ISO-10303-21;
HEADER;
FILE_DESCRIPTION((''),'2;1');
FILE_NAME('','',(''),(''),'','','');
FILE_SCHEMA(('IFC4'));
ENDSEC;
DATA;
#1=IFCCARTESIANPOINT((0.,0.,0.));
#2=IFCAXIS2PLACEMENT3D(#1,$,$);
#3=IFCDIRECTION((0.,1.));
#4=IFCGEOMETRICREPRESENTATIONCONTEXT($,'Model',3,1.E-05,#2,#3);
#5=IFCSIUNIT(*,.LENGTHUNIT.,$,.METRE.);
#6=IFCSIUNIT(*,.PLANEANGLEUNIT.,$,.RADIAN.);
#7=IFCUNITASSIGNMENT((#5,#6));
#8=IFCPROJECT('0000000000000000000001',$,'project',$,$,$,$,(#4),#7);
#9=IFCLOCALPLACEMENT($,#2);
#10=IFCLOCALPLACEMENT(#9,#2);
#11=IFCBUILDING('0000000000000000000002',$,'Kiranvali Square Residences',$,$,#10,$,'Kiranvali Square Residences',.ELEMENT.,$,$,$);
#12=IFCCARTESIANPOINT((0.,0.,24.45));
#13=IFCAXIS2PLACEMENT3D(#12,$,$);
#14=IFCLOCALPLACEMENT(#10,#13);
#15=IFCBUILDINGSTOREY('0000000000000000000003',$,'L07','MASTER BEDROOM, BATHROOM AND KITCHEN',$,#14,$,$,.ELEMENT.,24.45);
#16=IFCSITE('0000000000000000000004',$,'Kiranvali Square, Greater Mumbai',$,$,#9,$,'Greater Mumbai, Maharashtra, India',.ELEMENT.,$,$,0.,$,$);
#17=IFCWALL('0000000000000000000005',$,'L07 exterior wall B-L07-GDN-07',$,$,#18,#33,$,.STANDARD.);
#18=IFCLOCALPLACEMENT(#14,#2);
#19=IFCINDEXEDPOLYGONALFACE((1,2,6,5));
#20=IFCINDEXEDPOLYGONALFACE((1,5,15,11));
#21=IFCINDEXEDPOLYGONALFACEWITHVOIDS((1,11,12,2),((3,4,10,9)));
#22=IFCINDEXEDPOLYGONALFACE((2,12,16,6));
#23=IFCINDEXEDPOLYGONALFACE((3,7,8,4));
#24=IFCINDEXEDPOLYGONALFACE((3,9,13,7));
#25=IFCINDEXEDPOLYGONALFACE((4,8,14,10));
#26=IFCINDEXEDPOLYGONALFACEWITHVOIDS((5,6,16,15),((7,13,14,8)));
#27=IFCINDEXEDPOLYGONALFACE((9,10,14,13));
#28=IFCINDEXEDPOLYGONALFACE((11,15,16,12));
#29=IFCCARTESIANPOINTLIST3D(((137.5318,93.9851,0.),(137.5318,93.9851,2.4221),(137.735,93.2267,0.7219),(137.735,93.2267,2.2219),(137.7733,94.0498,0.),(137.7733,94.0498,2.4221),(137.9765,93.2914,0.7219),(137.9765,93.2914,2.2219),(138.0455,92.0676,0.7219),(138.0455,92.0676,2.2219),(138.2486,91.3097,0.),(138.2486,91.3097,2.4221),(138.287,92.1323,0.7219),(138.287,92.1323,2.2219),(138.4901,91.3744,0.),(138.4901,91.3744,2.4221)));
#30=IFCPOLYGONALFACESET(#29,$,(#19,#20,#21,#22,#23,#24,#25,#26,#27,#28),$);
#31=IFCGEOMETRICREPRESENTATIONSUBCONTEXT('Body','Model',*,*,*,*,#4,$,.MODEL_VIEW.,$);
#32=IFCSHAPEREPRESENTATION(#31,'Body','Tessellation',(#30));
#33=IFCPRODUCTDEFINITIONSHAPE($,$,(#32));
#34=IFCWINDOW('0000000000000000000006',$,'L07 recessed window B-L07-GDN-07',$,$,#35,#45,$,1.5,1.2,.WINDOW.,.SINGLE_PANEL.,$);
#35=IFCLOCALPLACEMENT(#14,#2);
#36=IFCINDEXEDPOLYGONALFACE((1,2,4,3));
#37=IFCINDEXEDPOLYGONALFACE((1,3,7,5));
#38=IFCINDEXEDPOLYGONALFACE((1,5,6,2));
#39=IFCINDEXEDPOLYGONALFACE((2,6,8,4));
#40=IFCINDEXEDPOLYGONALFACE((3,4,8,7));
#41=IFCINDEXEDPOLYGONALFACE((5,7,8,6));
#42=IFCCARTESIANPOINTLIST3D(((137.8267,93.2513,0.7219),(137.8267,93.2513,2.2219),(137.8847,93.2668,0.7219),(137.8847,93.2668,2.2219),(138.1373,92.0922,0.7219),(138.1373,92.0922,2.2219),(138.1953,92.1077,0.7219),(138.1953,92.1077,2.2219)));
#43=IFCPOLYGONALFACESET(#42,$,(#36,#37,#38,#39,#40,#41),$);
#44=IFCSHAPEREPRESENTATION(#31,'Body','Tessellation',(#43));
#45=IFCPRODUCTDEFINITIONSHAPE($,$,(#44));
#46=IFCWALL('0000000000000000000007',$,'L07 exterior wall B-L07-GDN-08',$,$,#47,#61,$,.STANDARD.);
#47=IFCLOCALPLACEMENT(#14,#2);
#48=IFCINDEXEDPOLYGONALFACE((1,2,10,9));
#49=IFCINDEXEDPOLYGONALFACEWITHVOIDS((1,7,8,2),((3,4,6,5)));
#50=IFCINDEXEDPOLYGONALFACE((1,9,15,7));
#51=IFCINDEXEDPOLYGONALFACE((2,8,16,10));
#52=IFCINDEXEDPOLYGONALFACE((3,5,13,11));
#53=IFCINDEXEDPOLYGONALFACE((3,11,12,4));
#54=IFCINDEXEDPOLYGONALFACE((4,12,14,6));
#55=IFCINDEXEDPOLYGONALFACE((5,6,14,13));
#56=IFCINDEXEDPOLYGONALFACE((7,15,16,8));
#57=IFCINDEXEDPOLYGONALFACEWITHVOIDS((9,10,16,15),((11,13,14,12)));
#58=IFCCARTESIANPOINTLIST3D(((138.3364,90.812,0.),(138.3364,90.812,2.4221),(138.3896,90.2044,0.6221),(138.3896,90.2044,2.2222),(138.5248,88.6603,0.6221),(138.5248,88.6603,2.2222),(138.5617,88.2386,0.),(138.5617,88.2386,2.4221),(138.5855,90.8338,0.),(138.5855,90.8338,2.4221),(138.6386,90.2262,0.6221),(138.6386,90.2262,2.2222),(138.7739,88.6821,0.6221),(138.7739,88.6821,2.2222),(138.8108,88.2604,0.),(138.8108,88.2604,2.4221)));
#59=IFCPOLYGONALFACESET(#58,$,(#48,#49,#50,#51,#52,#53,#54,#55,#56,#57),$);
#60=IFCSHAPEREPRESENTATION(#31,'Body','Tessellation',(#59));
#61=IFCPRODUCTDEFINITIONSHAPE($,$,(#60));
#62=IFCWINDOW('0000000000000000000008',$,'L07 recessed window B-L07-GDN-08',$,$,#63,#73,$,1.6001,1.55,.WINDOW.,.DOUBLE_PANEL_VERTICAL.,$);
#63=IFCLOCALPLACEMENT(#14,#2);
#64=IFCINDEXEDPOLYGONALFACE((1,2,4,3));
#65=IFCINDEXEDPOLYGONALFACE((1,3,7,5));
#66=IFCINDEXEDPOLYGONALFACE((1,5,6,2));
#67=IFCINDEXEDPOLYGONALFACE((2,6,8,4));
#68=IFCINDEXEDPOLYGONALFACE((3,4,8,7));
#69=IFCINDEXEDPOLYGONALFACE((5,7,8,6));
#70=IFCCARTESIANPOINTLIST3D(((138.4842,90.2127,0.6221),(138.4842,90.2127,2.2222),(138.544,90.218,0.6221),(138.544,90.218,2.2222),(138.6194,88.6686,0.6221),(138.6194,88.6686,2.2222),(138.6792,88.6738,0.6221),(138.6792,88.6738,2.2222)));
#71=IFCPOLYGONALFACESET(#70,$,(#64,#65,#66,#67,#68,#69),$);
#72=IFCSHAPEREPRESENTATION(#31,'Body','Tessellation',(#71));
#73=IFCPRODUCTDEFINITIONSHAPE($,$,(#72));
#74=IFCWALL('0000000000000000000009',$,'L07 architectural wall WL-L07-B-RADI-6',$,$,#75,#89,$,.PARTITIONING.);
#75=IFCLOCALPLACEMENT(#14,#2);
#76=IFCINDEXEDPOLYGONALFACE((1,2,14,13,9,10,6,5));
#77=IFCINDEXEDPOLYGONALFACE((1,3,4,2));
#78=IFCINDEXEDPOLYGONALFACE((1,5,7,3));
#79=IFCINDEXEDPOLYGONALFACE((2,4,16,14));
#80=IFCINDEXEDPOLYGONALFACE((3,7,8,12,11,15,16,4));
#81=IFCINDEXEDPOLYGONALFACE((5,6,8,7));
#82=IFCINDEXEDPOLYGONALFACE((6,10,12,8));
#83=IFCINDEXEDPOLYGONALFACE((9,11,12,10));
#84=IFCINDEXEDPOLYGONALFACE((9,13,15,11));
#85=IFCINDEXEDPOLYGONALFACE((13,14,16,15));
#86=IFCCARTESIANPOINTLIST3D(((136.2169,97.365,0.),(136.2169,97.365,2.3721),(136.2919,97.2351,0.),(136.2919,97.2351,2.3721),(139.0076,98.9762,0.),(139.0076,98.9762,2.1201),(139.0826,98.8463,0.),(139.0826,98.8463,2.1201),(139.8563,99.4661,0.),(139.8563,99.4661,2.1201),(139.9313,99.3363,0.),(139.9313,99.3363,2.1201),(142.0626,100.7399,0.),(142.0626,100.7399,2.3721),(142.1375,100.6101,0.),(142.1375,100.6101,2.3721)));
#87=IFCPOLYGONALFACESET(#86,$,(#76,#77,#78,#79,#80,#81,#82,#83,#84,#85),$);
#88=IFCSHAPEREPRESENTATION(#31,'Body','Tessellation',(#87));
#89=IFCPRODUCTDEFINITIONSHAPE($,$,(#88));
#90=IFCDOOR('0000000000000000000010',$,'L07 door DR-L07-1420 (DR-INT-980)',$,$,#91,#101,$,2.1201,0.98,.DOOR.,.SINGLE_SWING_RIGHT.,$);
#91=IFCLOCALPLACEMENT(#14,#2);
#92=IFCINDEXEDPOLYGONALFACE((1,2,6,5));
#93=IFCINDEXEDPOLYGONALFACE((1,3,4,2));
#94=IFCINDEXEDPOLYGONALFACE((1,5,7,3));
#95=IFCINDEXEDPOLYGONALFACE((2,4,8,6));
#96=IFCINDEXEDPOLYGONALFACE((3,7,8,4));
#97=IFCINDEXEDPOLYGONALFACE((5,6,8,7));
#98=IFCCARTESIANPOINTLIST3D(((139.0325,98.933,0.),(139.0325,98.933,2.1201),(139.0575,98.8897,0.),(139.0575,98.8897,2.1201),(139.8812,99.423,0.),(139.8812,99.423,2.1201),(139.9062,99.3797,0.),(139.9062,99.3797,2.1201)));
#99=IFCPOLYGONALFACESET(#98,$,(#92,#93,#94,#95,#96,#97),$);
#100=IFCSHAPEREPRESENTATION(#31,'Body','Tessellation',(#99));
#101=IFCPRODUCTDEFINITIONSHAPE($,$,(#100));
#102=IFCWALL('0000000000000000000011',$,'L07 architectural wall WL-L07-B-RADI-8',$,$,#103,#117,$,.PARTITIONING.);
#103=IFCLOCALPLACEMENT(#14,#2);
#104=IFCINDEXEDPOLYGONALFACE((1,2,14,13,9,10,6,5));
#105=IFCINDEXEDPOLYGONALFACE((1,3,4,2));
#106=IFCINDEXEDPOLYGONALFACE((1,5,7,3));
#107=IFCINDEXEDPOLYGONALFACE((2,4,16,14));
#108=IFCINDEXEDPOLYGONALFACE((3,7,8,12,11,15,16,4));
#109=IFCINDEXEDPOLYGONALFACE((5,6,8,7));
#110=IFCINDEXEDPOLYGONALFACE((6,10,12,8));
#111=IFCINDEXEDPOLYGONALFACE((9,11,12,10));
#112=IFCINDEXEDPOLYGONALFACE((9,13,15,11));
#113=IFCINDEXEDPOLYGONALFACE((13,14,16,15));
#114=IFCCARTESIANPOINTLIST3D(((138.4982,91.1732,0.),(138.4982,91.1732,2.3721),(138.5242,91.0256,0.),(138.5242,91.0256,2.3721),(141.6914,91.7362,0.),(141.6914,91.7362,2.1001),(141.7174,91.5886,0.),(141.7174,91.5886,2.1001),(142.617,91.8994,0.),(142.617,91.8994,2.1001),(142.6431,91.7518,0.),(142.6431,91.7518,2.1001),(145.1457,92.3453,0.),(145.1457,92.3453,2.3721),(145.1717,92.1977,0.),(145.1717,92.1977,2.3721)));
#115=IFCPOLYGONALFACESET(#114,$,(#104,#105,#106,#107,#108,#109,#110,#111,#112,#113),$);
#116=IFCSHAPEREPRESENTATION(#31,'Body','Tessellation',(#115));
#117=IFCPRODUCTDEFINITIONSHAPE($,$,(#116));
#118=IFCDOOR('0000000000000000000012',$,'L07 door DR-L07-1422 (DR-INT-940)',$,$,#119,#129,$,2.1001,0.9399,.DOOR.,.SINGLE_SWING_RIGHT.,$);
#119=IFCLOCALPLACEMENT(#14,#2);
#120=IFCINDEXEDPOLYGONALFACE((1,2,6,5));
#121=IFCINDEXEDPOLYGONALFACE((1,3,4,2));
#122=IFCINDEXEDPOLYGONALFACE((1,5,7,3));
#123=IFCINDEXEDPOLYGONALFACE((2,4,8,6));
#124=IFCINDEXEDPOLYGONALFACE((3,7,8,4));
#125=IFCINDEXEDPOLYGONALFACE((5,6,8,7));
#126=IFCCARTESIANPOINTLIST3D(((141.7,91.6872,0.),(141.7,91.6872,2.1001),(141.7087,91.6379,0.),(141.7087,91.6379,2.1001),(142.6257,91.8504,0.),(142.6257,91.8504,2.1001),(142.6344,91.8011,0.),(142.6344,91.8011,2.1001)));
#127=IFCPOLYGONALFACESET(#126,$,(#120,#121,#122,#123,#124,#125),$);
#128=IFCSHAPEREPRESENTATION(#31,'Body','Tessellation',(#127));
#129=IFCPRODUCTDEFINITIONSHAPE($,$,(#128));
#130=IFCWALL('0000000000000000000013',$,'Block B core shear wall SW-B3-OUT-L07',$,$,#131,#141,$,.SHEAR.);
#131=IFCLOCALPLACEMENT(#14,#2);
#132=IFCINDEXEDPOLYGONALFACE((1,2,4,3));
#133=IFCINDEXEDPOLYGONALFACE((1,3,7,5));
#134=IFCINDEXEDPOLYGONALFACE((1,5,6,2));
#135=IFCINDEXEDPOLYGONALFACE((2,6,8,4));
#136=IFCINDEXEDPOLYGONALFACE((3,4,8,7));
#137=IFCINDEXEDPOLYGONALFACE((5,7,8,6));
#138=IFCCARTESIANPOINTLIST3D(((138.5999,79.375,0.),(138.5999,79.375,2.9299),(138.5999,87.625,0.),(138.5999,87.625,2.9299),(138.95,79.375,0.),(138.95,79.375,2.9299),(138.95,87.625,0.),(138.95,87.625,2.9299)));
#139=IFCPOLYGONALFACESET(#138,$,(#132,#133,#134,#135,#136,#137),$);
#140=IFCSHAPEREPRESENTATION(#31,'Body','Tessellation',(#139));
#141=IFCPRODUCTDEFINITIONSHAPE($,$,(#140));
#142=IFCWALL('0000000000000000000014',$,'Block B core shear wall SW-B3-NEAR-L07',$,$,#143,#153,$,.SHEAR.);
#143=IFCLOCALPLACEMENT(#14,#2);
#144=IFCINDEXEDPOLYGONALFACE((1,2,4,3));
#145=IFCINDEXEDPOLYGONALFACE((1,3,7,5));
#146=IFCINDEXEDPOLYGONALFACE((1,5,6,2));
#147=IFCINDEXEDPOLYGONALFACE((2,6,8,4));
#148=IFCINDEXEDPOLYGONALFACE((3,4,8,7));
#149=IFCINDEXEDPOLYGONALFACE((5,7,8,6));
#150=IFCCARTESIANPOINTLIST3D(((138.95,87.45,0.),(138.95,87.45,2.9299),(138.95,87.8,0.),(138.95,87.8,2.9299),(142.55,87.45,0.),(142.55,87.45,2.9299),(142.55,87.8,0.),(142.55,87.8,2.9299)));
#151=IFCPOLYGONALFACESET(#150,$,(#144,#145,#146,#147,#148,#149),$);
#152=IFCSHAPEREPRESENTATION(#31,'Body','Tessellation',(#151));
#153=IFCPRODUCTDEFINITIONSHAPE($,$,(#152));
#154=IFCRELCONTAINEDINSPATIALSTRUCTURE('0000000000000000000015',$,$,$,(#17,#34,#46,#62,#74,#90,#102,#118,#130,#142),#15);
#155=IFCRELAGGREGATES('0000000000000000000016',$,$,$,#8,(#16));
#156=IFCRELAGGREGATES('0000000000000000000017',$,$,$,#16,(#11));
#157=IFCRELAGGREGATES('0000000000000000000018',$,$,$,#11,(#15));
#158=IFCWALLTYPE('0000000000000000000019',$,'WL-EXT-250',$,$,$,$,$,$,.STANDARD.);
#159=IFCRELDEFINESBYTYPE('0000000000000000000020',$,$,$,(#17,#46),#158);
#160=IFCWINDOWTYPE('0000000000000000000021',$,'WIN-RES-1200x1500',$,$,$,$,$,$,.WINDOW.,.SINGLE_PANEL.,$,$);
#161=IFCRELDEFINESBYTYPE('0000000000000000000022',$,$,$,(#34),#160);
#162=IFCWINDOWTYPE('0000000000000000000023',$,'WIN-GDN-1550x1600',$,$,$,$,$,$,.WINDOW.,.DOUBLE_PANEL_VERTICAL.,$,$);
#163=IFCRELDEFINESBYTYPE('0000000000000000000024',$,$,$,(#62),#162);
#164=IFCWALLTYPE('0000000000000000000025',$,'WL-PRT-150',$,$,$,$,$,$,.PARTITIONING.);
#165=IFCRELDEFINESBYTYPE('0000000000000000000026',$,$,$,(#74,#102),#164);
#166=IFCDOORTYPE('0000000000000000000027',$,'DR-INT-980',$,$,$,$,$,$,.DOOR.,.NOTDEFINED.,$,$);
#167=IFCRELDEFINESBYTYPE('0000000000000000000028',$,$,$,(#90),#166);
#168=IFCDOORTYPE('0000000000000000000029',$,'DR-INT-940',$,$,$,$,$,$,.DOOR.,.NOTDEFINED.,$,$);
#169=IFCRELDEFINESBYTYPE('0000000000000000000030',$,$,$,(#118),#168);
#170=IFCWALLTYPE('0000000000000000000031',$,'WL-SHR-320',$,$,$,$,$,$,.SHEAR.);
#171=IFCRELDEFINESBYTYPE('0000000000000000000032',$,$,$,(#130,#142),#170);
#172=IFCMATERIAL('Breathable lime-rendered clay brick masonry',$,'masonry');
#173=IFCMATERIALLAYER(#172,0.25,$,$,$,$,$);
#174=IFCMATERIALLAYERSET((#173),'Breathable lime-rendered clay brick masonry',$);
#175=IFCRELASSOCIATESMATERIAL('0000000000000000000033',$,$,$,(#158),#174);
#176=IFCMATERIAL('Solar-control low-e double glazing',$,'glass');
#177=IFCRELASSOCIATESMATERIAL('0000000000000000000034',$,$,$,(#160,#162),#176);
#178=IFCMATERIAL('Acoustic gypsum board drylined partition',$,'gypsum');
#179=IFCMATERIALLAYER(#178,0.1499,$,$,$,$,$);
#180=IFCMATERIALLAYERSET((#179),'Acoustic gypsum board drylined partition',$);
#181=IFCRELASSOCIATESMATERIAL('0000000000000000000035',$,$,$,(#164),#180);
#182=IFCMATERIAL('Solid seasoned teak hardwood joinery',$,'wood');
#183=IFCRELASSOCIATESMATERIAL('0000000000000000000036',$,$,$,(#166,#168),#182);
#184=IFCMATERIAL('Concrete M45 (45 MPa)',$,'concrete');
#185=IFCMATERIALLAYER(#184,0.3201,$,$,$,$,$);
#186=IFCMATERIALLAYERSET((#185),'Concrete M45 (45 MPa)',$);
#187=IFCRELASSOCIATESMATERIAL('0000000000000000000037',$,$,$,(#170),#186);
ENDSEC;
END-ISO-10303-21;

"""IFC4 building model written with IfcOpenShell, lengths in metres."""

from ifc_helpers import new_model, si_unit, direction, frame, frame_2d, origin, place, context, subcontext, project, spatial, rectangle, extrude, material, layer, layer_set, type_object, element, fill, save


model = new_model("IFC4")

# Units and contexts
model_context = context("Model", 3, precision=1e-05, world=origin(), true_north=direction((0.0, 1.0)))
body_context = subcontext(model_context, "Body", "Model", "MODEL_VIEW")
ifc_project = project(units=[si_unit("LENGTHUNIT", "METRE"), si_unit("PLANEANGLEUNIT", "RADIAN")], contexts=[model_context])

# Site, building, storey
site_placement = place(None, origin())
site = spatial("IfcSite", under=ifc_project, at=site_placement, Name="Kiranvali Square, Greater Mumbai", LongName="Greater Mumbai, Maharashtra, India", CompositionType="ELEMENT", RefElevation=0.0)
building_placement = place(site_placement, origin())
building = spatial("IfcBuilding", under=site, at=building_placement, Name="Kiranvali Square Residences", LongName="Kiranvali Square Residences", CompositionType="ELEMENT")
storey_placement = place(building_placement, frame((0.0, 0.0, 24.45)))
storey = spatial("IfcBuildingStorey", under=building, at=storey_placement, Name="L07", Description="MASTER BEDROOM, BATHROOM AND KITCHEN", CompositionType="ELEMENT", Elevation=24.45)

# Walls, openings, windows
ifc_material_1 = material(Name="Breathable lime-rendered clay brick masonry", Category="masonry")
ifc_layer_1 = layer(ifc_material_1, 0.25)
ifc_layer_set_1 = layer_set([ifc_layer_1], Name="Breathable lime-rendered clay brick masonry")
wall_type_1 = type_object("IfcWallType", Name="WL-EXT-250", PredefinedType="STANDARD", material=ifc_layer_set_1)
ifc_material_2 = material(Name="Solar-control low-e double glazing", Category="glass")
wall_1_placement = place(storey_placement, frame((137.6526, 94.0173, 0.0), z_axis=(0.0, 0.0, 1.0), x_axis=(0.258782, -0.965936, 0.0)))
wall_1 = element("IfcWall", 1, at=wall_1_placement, inside=storey, type_object=wall_type_1, Name="L07 exterior wall B-L07-GDN-07", PredefinedType="STANDARD", context=body_context, shape_type="SweptSolid", body=[
    extrude(rectangle(XDim=2.7698, YDim=0.25, at=frame_2d((1.3848, 0.0))), origin(), (0.0, 0.0, 1.0), 2.4221),
])
opening_1_placement = place(wall_1_placement, frame((0.7849, 0.0, 0.7219)))
opening_1 = element("IfcOpeningElement", 2, at=opening_1_placement, cuts=wall_1, PredefinedType="OPENING", context=body_context, shape_type="SweptSolid", body=[
    extrude(rectangle(XDim=1.2, YDim=1.5, at=frame_2d((0.6001, 0.75))), frame((0.0, 0.135, 0.0), z_axis=(0.0, -1.0, 0.0), x_axis=(1.0, 0.0, 0.0)), (0.0, 0.0, 1.0), 0.27),
])
window_type_1 = type_object("IfcWindowType", Name="WIN-RES-1200x1500", PartitioningType="SINGLE_PANEL", PredefinedType="WINDOW", material=ifc_material_2)
window_1_placement = place(opening_1_placement, origin())
window_1 = element("IfcWindow", 3, at=window_1_placement, inside=storey, type_object=window_type_1, Name="L07 recessed window B-L07-GDN-07", OverallHeight=1.5, OverallWidth=1.2, PartitioningType="SINGLE_PANEL", PredefinedType="WINDOW", context=body_context, shape_type="SweptSolid", body=[
    extrude(rectangle(XDim=1.2, YDim=1.5, at=frame_2d((0.6001, 0.75))), frame((0.0, 0.03, 0.0), z_axis=(0.0, -1.0, 0.0), x_axis=(1.0, 0.0, 0.0)), (0.0, 0.0, 1.0), 0.0601),
])
fill(opening_1, window_1)
wall_2_placement = place(storey_placement, frame((138.4609, 90.8228, 0.0), z_axis=(0.0, 0.0, 1.0), x_axis=(0.087229, -0.996188, 0.0)))
wall_2 = element("IfcWall", 4, at=wall_2_placement, inside=storey, type_object=wall_type_1, Name="L07 exterior wall B-L07-GDN-08", PredefinedType="STANDARD", context=body_context, shape_type="SweptSolid", body=[
    extrude(rectangle(XDim=2.5833, YDim=0.25, at=frame_2d((1.2915, 0.0))), origin(), (0.0, 0.0, 1.0), 2.4221),
])
opening_2_placement = place(wall_2_placement, frame((0.6099, 0.0, 0.6221)))
opening_2 = element("IfcOpeningElement", 5, at=opening_2_placement, cuts=wall_2, PredefinedType="OPENING", context=body_context, shape_type="SweptSolid", body=[
    extrude(rectangle(XDim=1.55, YDim=1.6001, at=frame_2d((0.7749, 0.8))), frame((0.0, 0.135, 0.0), z_axis=(0.0, -1.0, 0.0), x_axis=(1.0, 0.0, 0.0)), (0.0, 0.0, 1.0), 0.27),
])
window_type_2 = type_object("IfcWindowType", Name="WIN-GDN-1550x1600", PartitioningType="DOUBLE_PANEL_VERTICAL", PredefinedType="WINDOW", material=ifc_material_2)
window_2_placement = place(opening_2_placement, origin())
window_2 = element("IfcWindow", 6, at=window_2_placement, inside=storey, type_object=window_type_2, Name="L07 recessed window B-L07-GDN-08", OverallHeight=1.6001, OverallWidth=1.55, PartitioningType="DOUBLE_PANEL_VERTICAL", PredefinedType="WINDOW", context=body_context, shape_type="SweptSolid", body=[
    extrude(rectangle(XDim=1.55, YDim=1.6001, at=frame_2d((0.7749, 0.8))), frame((0.0, 0.03, 0.0), z_axis=(0.0, -1.0, 0.0), x_axis=(1.0, 0.0, 0.0)), (0.0, 0.0, 1.0), 0.0601),
])
fill(opening_2, window_2)

# Walls, openings, doors
ifc_material_3 = material(Name="Acoustic gypsum board drylined partition", Category="gypsum")
ifc_layer_2 = layer(ifc_material_3, 0.1499)
ifc_layer_set_2 = layer_set([ifc_layer_2], Name="Acoustic gypsum board drylined partition")
wall_type_2 = type_object("IfcWallType", Name="WL-PRT-150", PredefinedType="PARTITIONING", material=ifc_layer_set_2)
wall_3_placement = place(storey_placement, frame((136.2544, 97.3, 0.0), z_axis=(0.0, 0.0, 1.0), x_axis=(0.866027, 0.499998, 0.0)))
wall_3 = element("IfcWall", 7, at=wall_3_placement, inside=storey, type_object=wall_type_2, Name="L07 architectural wall WL-L07-B-RADI-6", PredefinedType="PARTITIONING", context=body_context, shape_type="SweptSolid", body=[
    extrude(rectangle(XDim=6.75, YDim=0.1499, at=frame_2d((3.375, 0.0))), origin(), (0.0, 0.0, 1.0), 2.3721),
])
opening_3_placement = place(wall_3_placement, frame((3.2224, 0.0, 0.0)))
opening_3 = element("IfcOpeningElement", 8, at=opening_3_placement, cuts=wall_3, PredefinedType="OPENING", context=body_context, shape_type="SweptSolid", body=[
    extrude(rectangle(XDim=0.98, YDim=2.1201, at=frame_2d((0.49, 1.0601))), frame((0.0, 0.085, 0.0), z_axis=(0.0, -1.0, 0.0), x_axis=(1.0, 0.0, 0.0)), (0.0, 0.0, 1.0), 0.1699),
])
ifc_material_4 = material(Name="Solid seasoned teak hardwood joinery", Category="wood")
door_type_1 = type_object("IfcDoorType", Name="DR-INT-980", OperationType="NOTDEFINED", PredefinedType="DOOR", material=ifc_material_4)
door_1_placement = place(opening_3_placement, frame((0.98, 0.0, 0.0), z_axis=(0.0, 0.0, 1.0), x_axis=(-1.0, 0.0, 0.0)))
door_1 = element("IfcDoor", 9, at=door_1_placement, inside=storey, type_object=door_type_1, Name="L07 door DR-L07-1420 (DR-INT-980)", OperationType="SINGLE_SWING_RIGHT", OverallHeight=2.1201, OverallWidth=0.98, PredefinedType="DOOR", context=body_context, shape_type="SweptSolid", body=[
    extrude(rectangle(XDim=0.98, YDim=2.1201, at=frame_2d((0.49, 1.0601))), frame((0.0, 0.0249, 0.0), z_axis=(0.0, -1.0, 0.0), x_axis=(1.0, 0.0, 0.0)), (0.0, 0.0, 1.0), 0.05),
])
fill(opening_3, door_1)
wall_4_placement = place(storey_placement, frame((138.5112, 91.0994, 0.0), z_axis=(0.0, 0.0, 1.0), x_axis=(0.984808, 0.173647, 0.0)))
wall_4 = element("IfcWall", 10, at=wall_4_placement, inside=storey, type_object=wall_type_2, Name="L07 architectural wall WL-L07-B-RADI-8", PredefinedType="PARTITIONING", context=body_context, shape_type="SweptSolid", body=[
    extrude(rectangle(XDim=6.75, YDim=0.1499, at=frame_2d((3.375, 0.0))), origin(), (0.0, 0.0, 1.0), 2.3721),
])
opening_4_placement = place(wall_4_placement, frame((3.2424, 0.0, 0.0)))
opening_4 = element("IfcOpeningElement", 11, at=opening_4_placement, cuts=wall_4, PredefinedType="OPENING", context=body_context, shape_type="SweptSolid", body=[
    extrude(rectangle(XDim=0.9399, YDim=2.1001, at=frame_2d((0.47, 1.05))), frame((0.0, 0.085, 0.0), z_axis=(0.0, -1.0, 0.0), x_axis=(1.0, 0.0, 0.0)), (0.0, 0.0, 1.0), 0.1699),
])
door_type_2 = type_object("IfcDoorType", Name="DR-INT-940", OperationType="NOTDEFINED", PredefinedType="DOOR", material=ifc_material_4)
door_2_placement = place(opening_4_placement, frame((0.9399, 0.0, 0.0), z_axis=(0.0, 0.0, 1.0), x_axis=(-1.0, 0.0, 0.0)))
door_2 = element("IfcDoor", 12, at=door_2_placement, inside=storey, type_object=door_type_2, Name="L07 door DR-L07-1422 (DR-INT-940)", OperationType="SINGLE_SWING_RIGHT", OverallHeight=2.1001, OverallWidth=0.9399, PredefinedType="DOOR", context=body_context, shape_type="SweptSolid", body=[
    extrude(rectangle(XDim=0.9399, YDim=2.1001, at=frame_2d((0.47, 1.05))), frame((0.0, 0.0249, 0.0), z_axis=(0.0, -1.0, 0.0), x_axis=(1.0, 0.0, 0.0)), (0.0, 0.0, 1.0), 0.05),
])
fill(opening_4, door_2)

# Walls
ifc_material_5 = material(Name="Concrete M45 (45 MPa)", Category="concrete")
ifc_layer_3 = layer(ifc_material_5, 0.3201)
ifc_layer_set_3 = layer_set([ifc_layer_3], Name="Concrete M45 (45 MPa)")
wall_type_3 = type_object("IfcWallType", Name="WL-SHR-320", PredefinedType="SHEAR", material=ifc_layer_set_3)
wall_5_placement = place(storey_placement, frame((138.7749, 87.625, 0.0), z_axis=(0.0, 0.0, 1.0), x_axis=(0.0, -1.0, 0.0)))
element("IfcWall", 13, at=wall_5_placement, inside=storey, type_object=wall_type_3, Name="Block B core shear wall SW-B3-OUT-L07", PredefinedType="SHEAR", context=body_context, shape_type="SweptSolid", body=[
    extrude(rectangle(XDim=8.25, YDim=0.3501, at=frame_2d((4.125, 0.0))), origin(), (0.0, 0.0, 1.0), 2.9299),
])
wall_6_placement = place(storey_placement, frame((138.95, 87.625, 0.0), z_axis=(0.0, 0.0, 1.0), x_axis=(1.0, 0.0, 0.0)))
element("IfcWall", 14, at=wall_6_placement, inside=storey, type_object=wall_type_3, Name="Block B core shear wall SW-B3-NEAR-L07", PredefinedType="SHEAR", context=body_context, shape_type="SweptSolid", body=[
    extrude(rectangle(XDim=3.6001, YDim=0.3501, at=frame_2d((1.8, 0.0))), origin(), (0.0, 0.0, 1.0), 2.9299),
])

save(model, "model.ifc")
